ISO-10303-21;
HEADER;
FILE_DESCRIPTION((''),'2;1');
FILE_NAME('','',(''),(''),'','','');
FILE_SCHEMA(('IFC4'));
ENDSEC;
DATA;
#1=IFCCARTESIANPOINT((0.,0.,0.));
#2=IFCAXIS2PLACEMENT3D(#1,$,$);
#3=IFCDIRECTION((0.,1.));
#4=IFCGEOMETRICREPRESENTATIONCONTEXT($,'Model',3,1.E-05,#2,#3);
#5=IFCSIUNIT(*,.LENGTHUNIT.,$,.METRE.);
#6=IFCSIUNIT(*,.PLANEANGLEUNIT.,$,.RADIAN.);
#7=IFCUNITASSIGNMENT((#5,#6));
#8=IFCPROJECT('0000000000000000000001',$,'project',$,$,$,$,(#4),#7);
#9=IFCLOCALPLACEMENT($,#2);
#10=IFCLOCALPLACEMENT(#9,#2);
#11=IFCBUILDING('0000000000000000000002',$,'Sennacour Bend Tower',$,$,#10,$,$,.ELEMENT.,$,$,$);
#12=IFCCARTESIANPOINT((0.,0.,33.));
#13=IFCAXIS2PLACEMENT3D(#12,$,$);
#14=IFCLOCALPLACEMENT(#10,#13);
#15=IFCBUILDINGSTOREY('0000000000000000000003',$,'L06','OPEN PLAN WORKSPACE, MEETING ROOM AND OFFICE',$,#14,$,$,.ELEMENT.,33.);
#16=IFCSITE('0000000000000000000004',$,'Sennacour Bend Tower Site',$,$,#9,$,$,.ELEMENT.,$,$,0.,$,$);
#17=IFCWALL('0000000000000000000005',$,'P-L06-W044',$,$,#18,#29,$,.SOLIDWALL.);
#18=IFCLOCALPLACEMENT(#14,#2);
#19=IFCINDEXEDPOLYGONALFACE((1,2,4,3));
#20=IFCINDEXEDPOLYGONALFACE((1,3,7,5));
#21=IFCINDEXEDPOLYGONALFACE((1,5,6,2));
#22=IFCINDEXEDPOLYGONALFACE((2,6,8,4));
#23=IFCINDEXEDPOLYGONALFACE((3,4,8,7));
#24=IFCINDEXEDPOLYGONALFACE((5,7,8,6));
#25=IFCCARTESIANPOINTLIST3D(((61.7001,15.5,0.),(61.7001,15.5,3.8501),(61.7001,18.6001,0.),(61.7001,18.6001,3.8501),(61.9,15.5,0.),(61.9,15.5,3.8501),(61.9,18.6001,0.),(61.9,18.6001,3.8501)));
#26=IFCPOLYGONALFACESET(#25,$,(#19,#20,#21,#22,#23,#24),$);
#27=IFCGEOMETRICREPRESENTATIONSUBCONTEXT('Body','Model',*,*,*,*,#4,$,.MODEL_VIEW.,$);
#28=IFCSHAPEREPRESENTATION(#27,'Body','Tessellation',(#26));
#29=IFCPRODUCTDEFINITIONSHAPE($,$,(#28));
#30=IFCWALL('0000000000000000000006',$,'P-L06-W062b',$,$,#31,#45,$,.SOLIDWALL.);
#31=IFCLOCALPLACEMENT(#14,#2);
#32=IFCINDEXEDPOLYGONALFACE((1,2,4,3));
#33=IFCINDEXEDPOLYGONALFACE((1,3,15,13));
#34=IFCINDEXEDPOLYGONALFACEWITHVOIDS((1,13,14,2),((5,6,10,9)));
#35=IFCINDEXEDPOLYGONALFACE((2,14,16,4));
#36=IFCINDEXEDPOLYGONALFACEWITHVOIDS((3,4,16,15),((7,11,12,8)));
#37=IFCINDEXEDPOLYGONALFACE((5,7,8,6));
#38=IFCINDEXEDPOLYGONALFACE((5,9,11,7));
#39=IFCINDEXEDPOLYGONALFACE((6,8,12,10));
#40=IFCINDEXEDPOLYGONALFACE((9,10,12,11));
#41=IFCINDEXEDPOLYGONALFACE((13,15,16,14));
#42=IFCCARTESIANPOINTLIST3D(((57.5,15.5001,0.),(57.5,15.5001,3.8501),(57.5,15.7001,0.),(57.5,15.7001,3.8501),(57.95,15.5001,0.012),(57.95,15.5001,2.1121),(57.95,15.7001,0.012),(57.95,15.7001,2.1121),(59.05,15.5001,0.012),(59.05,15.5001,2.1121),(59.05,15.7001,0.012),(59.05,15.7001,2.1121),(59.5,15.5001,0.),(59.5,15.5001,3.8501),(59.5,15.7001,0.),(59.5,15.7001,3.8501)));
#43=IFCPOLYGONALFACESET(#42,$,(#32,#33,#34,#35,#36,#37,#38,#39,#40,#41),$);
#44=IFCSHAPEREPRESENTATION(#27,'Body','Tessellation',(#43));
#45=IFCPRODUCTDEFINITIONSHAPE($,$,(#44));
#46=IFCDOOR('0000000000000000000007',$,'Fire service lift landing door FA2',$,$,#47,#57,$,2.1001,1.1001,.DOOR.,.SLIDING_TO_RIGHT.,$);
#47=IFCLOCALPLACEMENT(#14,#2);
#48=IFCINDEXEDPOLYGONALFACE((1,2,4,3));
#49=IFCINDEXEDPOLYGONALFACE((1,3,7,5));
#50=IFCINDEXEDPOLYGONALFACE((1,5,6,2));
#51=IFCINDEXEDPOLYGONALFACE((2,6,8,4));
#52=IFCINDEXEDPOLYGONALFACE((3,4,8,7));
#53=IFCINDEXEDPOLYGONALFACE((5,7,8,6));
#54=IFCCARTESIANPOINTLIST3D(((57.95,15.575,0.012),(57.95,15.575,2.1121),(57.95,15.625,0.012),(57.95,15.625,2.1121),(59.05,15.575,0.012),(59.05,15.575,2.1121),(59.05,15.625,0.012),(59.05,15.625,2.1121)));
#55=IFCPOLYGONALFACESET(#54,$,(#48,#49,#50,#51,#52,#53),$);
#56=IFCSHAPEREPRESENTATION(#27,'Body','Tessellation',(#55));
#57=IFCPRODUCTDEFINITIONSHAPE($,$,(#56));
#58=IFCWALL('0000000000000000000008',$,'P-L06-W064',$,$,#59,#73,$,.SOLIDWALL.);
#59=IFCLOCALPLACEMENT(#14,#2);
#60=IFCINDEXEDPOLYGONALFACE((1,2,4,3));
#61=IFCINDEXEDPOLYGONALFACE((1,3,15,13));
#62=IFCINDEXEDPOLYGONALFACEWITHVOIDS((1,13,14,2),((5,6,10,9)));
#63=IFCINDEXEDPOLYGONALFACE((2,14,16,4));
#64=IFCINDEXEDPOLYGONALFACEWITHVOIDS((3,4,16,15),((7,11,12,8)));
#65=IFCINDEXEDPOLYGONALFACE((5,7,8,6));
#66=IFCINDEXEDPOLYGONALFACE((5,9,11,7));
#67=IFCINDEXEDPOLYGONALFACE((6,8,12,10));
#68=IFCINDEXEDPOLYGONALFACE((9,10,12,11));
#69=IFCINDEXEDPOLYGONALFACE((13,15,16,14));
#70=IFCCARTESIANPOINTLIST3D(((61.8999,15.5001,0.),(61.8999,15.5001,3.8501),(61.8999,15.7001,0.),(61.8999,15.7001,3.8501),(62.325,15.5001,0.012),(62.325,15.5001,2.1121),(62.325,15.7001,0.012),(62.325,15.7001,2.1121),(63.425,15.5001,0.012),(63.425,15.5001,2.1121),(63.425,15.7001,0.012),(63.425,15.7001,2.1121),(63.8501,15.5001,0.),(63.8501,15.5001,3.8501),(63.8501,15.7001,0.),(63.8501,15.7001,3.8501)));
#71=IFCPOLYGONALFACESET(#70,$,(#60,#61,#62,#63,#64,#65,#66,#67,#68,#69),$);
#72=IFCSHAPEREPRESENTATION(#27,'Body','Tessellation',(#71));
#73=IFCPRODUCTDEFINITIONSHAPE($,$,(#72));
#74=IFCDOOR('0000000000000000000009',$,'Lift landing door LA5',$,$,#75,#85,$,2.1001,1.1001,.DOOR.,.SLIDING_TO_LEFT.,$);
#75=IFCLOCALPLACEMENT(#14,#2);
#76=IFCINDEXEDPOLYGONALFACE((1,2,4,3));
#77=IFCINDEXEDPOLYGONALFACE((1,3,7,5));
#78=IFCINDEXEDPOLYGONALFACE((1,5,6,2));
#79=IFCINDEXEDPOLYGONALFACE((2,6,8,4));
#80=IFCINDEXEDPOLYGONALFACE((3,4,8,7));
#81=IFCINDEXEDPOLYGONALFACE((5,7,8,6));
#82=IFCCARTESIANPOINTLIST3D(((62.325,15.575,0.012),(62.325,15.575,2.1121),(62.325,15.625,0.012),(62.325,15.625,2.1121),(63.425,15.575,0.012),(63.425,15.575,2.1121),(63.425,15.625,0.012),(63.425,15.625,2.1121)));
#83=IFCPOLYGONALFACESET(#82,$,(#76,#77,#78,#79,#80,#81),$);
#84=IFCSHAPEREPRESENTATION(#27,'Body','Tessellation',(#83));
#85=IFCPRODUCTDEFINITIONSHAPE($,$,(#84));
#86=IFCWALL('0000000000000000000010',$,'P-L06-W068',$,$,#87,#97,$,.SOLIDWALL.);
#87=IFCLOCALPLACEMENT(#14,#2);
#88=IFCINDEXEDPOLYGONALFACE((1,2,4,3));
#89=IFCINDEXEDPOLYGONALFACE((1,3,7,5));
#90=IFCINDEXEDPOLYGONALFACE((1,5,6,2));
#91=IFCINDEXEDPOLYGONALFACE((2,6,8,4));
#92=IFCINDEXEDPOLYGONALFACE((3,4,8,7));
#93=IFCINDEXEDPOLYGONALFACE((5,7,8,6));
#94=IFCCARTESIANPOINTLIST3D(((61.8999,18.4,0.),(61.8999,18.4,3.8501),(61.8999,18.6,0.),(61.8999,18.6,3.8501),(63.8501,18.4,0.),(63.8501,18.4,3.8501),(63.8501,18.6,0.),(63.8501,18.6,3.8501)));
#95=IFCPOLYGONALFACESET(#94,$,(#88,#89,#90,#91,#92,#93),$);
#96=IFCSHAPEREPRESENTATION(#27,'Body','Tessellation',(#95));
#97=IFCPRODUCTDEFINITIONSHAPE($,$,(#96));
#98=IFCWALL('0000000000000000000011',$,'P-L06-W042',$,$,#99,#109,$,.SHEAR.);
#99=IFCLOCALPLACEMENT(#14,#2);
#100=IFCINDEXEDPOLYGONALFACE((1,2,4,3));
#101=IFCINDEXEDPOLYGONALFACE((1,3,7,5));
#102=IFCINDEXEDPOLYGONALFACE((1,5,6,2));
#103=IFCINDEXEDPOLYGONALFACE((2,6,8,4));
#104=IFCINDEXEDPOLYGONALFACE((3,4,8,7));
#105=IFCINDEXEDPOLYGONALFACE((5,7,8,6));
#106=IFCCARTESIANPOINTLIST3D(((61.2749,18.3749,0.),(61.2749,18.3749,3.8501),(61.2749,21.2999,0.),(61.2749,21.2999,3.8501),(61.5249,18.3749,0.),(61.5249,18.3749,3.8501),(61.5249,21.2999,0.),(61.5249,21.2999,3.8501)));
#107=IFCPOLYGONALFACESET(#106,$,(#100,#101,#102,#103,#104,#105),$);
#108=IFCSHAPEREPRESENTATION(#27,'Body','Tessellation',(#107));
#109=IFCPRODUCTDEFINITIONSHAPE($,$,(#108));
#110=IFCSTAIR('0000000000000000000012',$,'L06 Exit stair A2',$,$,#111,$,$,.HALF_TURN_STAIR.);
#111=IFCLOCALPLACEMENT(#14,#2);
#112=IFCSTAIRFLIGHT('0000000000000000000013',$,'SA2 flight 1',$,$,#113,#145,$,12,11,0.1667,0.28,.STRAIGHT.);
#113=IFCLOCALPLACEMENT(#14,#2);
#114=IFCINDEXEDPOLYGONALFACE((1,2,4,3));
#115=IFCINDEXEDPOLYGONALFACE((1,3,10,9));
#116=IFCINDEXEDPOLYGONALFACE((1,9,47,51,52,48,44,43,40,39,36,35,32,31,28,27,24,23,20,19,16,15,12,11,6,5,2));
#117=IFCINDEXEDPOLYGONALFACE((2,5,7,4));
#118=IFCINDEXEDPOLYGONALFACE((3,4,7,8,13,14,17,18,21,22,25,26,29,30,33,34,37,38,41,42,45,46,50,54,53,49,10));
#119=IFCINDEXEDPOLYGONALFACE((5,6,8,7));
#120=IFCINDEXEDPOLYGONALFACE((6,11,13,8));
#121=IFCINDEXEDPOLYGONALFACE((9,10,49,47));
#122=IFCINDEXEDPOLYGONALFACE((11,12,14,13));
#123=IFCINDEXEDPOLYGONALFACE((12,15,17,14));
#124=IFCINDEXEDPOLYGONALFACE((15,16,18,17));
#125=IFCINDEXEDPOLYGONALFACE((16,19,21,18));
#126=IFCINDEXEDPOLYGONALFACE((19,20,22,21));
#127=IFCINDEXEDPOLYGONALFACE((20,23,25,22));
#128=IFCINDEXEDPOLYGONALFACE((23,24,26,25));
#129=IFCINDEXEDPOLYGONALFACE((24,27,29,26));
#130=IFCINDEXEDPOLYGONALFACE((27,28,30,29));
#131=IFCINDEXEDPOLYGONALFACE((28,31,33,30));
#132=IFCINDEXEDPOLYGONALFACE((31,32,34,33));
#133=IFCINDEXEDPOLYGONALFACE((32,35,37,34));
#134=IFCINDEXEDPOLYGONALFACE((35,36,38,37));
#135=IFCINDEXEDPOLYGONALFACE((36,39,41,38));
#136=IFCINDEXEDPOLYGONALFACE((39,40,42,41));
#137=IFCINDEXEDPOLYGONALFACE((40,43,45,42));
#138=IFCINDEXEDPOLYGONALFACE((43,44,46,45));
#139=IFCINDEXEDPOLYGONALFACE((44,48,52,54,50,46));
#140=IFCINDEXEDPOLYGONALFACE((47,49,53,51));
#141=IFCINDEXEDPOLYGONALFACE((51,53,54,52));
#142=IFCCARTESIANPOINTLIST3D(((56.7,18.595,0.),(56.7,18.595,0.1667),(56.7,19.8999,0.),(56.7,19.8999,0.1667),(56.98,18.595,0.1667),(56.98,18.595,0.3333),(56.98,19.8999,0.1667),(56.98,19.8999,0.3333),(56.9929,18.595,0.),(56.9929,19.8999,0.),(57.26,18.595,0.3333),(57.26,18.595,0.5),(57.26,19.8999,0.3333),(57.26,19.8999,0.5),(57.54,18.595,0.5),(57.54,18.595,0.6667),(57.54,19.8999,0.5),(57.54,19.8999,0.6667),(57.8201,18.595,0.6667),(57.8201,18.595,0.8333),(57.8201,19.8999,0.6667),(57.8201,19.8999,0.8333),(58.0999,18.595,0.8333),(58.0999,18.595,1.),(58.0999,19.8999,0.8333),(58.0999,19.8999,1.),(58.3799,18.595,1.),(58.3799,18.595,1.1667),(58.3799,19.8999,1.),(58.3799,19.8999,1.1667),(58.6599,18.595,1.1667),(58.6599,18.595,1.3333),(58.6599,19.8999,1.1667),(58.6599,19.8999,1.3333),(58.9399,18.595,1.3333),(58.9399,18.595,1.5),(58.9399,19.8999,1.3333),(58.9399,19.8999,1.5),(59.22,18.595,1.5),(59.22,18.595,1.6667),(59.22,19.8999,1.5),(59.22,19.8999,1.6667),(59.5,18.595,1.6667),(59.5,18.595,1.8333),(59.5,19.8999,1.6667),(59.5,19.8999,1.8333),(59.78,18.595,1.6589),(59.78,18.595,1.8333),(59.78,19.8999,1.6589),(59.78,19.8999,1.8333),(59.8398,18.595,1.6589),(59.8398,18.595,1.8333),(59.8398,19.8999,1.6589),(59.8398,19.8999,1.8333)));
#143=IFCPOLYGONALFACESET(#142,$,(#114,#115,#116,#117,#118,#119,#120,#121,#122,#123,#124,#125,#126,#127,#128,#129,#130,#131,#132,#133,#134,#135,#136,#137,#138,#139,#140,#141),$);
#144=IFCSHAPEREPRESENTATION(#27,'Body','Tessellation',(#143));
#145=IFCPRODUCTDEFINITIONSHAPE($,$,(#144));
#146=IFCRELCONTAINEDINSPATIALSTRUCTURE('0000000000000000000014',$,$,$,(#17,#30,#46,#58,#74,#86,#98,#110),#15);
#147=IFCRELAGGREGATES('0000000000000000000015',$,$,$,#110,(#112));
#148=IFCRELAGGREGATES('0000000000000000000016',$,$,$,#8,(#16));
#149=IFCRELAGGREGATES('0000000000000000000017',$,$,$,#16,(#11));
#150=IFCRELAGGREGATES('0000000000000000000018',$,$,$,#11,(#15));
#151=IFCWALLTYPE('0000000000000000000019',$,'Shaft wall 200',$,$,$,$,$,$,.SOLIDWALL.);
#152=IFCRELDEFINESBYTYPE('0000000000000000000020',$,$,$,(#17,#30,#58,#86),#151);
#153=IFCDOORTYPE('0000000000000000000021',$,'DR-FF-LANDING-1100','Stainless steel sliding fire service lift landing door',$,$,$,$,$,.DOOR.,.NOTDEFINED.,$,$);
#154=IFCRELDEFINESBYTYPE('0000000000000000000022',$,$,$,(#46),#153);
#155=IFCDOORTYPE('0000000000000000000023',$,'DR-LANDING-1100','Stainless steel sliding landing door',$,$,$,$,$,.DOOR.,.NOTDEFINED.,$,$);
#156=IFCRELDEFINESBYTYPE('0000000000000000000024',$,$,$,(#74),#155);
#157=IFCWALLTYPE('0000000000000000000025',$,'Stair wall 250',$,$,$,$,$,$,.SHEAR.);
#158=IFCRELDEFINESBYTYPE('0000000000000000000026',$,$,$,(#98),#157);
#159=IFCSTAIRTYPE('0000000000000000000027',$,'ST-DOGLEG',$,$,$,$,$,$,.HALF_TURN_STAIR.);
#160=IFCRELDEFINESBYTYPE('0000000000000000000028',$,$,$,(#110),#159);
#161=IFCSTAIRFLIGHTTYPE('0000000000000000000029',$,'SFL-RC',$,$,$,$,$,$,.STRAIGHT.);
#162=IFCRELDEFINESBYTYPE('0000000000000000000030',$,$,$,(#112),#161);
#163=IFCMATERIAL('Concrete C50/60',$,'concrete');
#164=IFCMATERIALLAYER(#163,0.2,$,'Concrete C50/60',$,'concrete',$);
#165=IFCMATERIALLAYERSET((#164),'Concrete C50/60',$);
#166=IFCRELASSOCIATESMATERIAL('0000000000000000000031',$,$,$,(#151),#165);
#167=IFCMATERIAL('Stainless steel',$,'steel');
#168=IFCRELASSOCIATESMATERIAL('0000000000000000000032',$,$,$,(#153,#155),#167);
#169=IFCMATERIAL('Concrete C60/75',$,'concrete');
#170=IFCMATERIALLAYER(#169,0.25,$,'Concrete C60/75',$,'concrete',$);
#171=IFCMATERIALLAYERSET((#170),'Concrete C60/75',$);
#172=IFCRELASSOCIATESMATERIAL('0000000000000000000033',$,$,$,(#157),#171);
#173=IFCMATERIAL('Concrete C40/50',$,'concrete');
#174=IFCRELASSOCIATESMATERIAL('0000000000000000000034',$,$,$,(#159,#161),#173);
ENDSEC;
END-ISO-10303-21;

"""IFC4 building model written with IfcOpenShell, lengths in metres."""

from ifc_helpers import new_model, si_unit, direction, frame, frame_2d, origin, place, context, subcontext, project, spatial, polyline, rectangle, outline, extrude, material, layer, layer_set, type_object, element, fill, aggregate, save


model = new_model("IFC4")

# Units and contexts
model_context = context("Model", 3, precision=1e-05, world=origin(), true_north=direction((0.0, 1.0)))
body_context = subcontext(model_context, "Body", "Model", "MODEL_VIEW")
ifc_project = project(units=[si_unit("LENGTHUNIT", "METRE"), si_unit("PLANEANGLEUNIT", "RADIAN")], contexts=[model_context])

# Site, building, storey
site_placement = place(None, origin())
site = spatial("IfcSite", under=ifc_project, at=site_placement, Name="Sennacour Bend Tower Site", CompositionType="ELEMENT", RefElevation=0.0)
building_placement = place(site_placement, origin())
building = spatial("IfcBuilding", under=site, at=building_placement, Name="Sennacour Bend Tower", CompositionType="ELEMENT")
storey_placement = place(building_placement, frame((0.0, 0.0, 33.0)))
storey = spatial("IfcBuildingStorey", under=building, at=storey_placement, Name="L06", Description="OPEN PLAN WORKSPACE, MEETING ROOM AND OFFICE", CompositionType="ELEMENT", Elevation=33.0)

# Wall
ifc_material_1 = material(Name="Concrete C50/60", Category="concrete")
ifc_layer_1 = layer(ifc_material_1, 0.2, Name="Concrete C50/60", Category="concrete")
ifc_layer_set_1 = layer_set([ifc_layer_1], Name="Concrete C50/60")
wall_type_1 = type_object("IfcWallType", Name="Shaft wall 200", PredefinedType="SOLIDWALL", material=ifc_layer_set_1)
wall_1_placement = place(storey_placement, frame((61.8, 15.5, 0.0), z_axis=(0.0, 0.0, 1.0), x_axis=(0.0, 1.0, 0.0)))
element("IfcWall", 1, at=wall_1_placement, inside=storey, type_object=wall_type_1, Name="P-L06-W044", PredefinedType="SOLIDWALL", context=body_context, shape_type="SweptSolid", body=[
    extrude(rectangle(XDim=3.1001, YDim=0.2, at=frame_2d((1.55, 0.0))), origin(), (0.0, 0.0, 1.0), 3.8501),
])

# Walls, openings, doors
wall_2_placement = place(storey_placement, frame((57.5, 15.6001, 0.0), z_axis=(0.0, 0.0, 1.0), x_axis=(1.0, 0.0, 0.0)))
wall_2 = element("IfcWall", 2, at=wall_2_placement, inside=storey, type_object=wall_type_1, Name="P-L06-W062b", PredefinedType="SOLIDWALL", context=body_context, shape_type="SweptSolid", body=[
    extrude(rectangle(XDim=2.0, YDim=0.2, at=frame_2d((1.0, 0.0))), origin(), (0.0, 0.0, 1.0), 3.8501),
])
opening_1_placement = place(wall_2_placement, frame((0.45, 0.0, 0.012)))
opening_1 = element("IfcOpeningElement", 3, at=opening_1_placement, cuts=wall_2, PredefinedType="OPENING", context=body_context, shape_type="SweptSolid", body=[
    extrude(rectangle(XDim=1.1001, YDim=2.1001, at=frame_2d((0.55, 1.05))), frame((0.0, 0.1099, 0.0), z_axis=(0.0, -1.0, 0.0), x_axis=(1.0, 0.0, 0.0)), (0.0, 0.0, 1.0), 0.22),
])
ifc_material_2 = material(Name="Stainless steel", Category="steel")
door_type_1 = type_object("IfcDoorType", Name="DR-FF-LANDING-1100", Description="Stainless steel sliding fire service lift landing door", OperationType="NOTDEFINED", PredefinedType="DOOR", material=ifc_material_2)
door_1_placement = place(opening_1_placement, origin())
door_1 = element("IfcDoor", 4, at=door_1_placement, inside=storey, type_object=door_type_1, Name="Fire service lift landing door FA2", OperationType="SLIDING_TO_RIGHT", OverallHeight=2.1001, OverallWidth=1.1001, PredefinedType="DOOR", context=body_context, shape_type="SweptSolid", body=[
    extrude(rectangle(XDim=1.1001, YDim=2.1001, at=frame_2d((0.55, 1.05))), frame((0.0, 0.0249, 0.0), z_axis=(0.0, -1.0, 0.0), x_axis=(1.0, 0.0, 0.0)), (0.0, 0.0, 1.0), 0.05),
])
fill(opening_1, door_1)
wall_3_placement = place(storey_placement, frame((61.8999, 15.6001, 0.0), z_axis=(0.0, 0.0, 1.0), x_axis=(1.0, 0.0, 0.0)))
wall_3 = element("IfcWall", 5, at=wall_3_placement, inside=storey, type_object=wall_type_1, Name="P-L06-W064", PredefinedType="SOLIDWALL", context=body_context, shape_type="SweptSolid", body=[
    extrude(rectangle(XDim=1.9502, YDim=0.2, at=frame_2d((0.9751, 0.0))), origin(), (0.0, 0.0, 1.0), 3.8501),
])
opening_2_placement = place(wall_3_placement, frame((0.425, 0.0, 0.012)))
opening_2 = element("IfcOpeningElement", 6, at=opening_2_placement, cuts=wall_3, PredefinedType="OPENING", context=body_context, shape_type="SweptSolid", body=[
    extrude(rectangle(XDim=1.1001, YDim=2.1001, at=frame_2d((0.55, 1.05))), frame((0.0, 0.1099, 0.0), z_axis=(0.0, -1.0, 0.0), x_axis=(1.0, 0.0, 0.0)), (0.0, 0.0, 1.0), 0.22),
])
door_type_2 = type_object("IfcDoorType", Name="DR-LANDING-1100", Description="Stainless steel sliding landing door", OperationType="NOTDEFINED", PredefinedType="DOOR", material=ifc_material_2)
door_2_placement = place(opening_2_placement, origin())
door_2 = element("IfcDoor", 7, at=door_2_placement, inside=storey, type_object=door_type_2, Name="Lift landing door LA5", OperationType="SLIDING_TO_LEFT", OverallHeight=2.1001, OverallWidth=1.1001, PredefinedType="DOOR", context=body_context, shape_type="SweptSolid", body=[
    extrude(rectangle(XDim=1.1001, YDim=2.1001, at=frame_2d((0.55, 1.05))), frame((0.0, 0.0249, 0.0), z_axis=(0.0, -1.0, 0.0), x_axis=(1.0, 0.0, 0.0)), (0.0, 0.0, 1.0), 0.05),
])
fill(opening_2, door_2)

# Walls
wall_4_placement = place(storey_placement, frame((61.8999, 18.5, 0.0), z_axis=(0.0, 0.0, 1.0), x_axis=(1.0, 0.0, 0.0)))
element("IfcWall", 8, at=wall_4_placement, inside=storey, type_object=wall_type_1, Name="P-L06-W068", PredefinedType="SOLIDWALL", context=body_context, shape_type="SweptSolid", body=[
    extrude(rectangle(XDim=1.9502, YDim=0.2, at=frame_2d((0.9751, 0.0))), origin(), (0.0, 0.0, 1.0), 3.8501),
])
ifc_material_3 = material(Name="Concrete C60/75", Category="concrete")
ifc_layer_2 = layer(ifc_material_3, 0.25, Name="Concrete C60/75", Category="concrete")
ifc_layer_set_2 = layer_set([ifc_layer_2], Name="Concrete C60/75")
wall_type_2 = type_object("IfcWallType", Name="Stair wall 250", PredefinedType="SHEAR", material=ifc_layer_set_2)
wall_5_placement = place(storey_placement, frame((61.3999, 18.375, 0.0), z_axis=(0.0, 0.0, 1.0), x_axis=(0.0, 1.0, 0.0)))
element("IfcWall", 9, at=wall_5_placement, inside=storey, type_object=wall_type_2, Name="P-L06-W042", PredefinedType="SHEAR", context=body_context, shape_type="SweptSolid", body=[
    extrude(rectangle(XDim=2.925, YDim=0.25, at=frame_2d((1.4624, 0.0))), origin(), (0.0, 0.0, 1.0), 3.8501),
])

# Stair, stair flight
ifc_material_4 = material(Name="Concrete C40/50", Category="concrete")
stair_type = type_object("IfcStairType", Name="ST-DOGLEG", PredefinedType="HALF_TURN_STAIR", material=ifc_material_4)
stair_placement = place(storey_placement, origin())
stair = element("IfcStair", 10, at=stair_placement, inside=storey, type_object=stair_type, Name="L06 Exit stair A2", PredefinedType="HALF_TURN_STAIR")
stair_flight_type = type_object("IfcStairFlightType", Name="SFL-RC", PredefinedType="STRAIGHT", material=ifc_material_4)
stair_flight_1_placement = place(storey_placement, frame((56.7, 19.2476, 0.0), z_axis=(0.0, 0.0, 1.0), x_axis=(1.0, 0.0, 0.0)))
stair_flight_1 = element("IfcStairFlight", 11, at=stair_flight_1_placement, type_object=stair_flight_type, Name="SA2 flight 1", NumberOfRisers=12, NumberOfTreads=11, PredefinedType="STRAIGHT", RiserHeight=0.1667, TreadLength=0.28, context=body_context, shape_type="SweptSolid", body=[
    extrude(outline(polyline([(0.0, 0.0), (0.0, 0.1667), (0.28, 0.1667), (0.28, 0.3333), (0.5601, 0.3333), (0.5601, 0.5), (0.8401, 0.5), (0.8401, 0.6667), (1.1201, 0.6667), (1.1201, 0.8333), (1.3999, 0.8333), (1.3999, 1.0), (1.6799, 1.0), (1.6799, 1.1667), (1.96, 1.1667), (1.96, 1.3333), (2.24, 1.3333), (2.24, 1.5), (2.52, 1.5), (2.52, 1.6667), (2.8, 1.6667), (2.8, 1.8333), (3.0801, 1.8333), (3.1399, 1.8333), (3.1399, 1.6589), (3.0801, 1.6589), (0.293, 0.0), (0.0, 0.0)])), frame((0.0, 0.6523, 0.0), z_axis=(0.0, -1.0, 0.0), x_axis=(1.0, 0.0, 0.0)), (0.0, 0.0, 1.0), 1.3049),
])
aggregate(stair, [stair_flight_1])

save(model, "model.ifc")
